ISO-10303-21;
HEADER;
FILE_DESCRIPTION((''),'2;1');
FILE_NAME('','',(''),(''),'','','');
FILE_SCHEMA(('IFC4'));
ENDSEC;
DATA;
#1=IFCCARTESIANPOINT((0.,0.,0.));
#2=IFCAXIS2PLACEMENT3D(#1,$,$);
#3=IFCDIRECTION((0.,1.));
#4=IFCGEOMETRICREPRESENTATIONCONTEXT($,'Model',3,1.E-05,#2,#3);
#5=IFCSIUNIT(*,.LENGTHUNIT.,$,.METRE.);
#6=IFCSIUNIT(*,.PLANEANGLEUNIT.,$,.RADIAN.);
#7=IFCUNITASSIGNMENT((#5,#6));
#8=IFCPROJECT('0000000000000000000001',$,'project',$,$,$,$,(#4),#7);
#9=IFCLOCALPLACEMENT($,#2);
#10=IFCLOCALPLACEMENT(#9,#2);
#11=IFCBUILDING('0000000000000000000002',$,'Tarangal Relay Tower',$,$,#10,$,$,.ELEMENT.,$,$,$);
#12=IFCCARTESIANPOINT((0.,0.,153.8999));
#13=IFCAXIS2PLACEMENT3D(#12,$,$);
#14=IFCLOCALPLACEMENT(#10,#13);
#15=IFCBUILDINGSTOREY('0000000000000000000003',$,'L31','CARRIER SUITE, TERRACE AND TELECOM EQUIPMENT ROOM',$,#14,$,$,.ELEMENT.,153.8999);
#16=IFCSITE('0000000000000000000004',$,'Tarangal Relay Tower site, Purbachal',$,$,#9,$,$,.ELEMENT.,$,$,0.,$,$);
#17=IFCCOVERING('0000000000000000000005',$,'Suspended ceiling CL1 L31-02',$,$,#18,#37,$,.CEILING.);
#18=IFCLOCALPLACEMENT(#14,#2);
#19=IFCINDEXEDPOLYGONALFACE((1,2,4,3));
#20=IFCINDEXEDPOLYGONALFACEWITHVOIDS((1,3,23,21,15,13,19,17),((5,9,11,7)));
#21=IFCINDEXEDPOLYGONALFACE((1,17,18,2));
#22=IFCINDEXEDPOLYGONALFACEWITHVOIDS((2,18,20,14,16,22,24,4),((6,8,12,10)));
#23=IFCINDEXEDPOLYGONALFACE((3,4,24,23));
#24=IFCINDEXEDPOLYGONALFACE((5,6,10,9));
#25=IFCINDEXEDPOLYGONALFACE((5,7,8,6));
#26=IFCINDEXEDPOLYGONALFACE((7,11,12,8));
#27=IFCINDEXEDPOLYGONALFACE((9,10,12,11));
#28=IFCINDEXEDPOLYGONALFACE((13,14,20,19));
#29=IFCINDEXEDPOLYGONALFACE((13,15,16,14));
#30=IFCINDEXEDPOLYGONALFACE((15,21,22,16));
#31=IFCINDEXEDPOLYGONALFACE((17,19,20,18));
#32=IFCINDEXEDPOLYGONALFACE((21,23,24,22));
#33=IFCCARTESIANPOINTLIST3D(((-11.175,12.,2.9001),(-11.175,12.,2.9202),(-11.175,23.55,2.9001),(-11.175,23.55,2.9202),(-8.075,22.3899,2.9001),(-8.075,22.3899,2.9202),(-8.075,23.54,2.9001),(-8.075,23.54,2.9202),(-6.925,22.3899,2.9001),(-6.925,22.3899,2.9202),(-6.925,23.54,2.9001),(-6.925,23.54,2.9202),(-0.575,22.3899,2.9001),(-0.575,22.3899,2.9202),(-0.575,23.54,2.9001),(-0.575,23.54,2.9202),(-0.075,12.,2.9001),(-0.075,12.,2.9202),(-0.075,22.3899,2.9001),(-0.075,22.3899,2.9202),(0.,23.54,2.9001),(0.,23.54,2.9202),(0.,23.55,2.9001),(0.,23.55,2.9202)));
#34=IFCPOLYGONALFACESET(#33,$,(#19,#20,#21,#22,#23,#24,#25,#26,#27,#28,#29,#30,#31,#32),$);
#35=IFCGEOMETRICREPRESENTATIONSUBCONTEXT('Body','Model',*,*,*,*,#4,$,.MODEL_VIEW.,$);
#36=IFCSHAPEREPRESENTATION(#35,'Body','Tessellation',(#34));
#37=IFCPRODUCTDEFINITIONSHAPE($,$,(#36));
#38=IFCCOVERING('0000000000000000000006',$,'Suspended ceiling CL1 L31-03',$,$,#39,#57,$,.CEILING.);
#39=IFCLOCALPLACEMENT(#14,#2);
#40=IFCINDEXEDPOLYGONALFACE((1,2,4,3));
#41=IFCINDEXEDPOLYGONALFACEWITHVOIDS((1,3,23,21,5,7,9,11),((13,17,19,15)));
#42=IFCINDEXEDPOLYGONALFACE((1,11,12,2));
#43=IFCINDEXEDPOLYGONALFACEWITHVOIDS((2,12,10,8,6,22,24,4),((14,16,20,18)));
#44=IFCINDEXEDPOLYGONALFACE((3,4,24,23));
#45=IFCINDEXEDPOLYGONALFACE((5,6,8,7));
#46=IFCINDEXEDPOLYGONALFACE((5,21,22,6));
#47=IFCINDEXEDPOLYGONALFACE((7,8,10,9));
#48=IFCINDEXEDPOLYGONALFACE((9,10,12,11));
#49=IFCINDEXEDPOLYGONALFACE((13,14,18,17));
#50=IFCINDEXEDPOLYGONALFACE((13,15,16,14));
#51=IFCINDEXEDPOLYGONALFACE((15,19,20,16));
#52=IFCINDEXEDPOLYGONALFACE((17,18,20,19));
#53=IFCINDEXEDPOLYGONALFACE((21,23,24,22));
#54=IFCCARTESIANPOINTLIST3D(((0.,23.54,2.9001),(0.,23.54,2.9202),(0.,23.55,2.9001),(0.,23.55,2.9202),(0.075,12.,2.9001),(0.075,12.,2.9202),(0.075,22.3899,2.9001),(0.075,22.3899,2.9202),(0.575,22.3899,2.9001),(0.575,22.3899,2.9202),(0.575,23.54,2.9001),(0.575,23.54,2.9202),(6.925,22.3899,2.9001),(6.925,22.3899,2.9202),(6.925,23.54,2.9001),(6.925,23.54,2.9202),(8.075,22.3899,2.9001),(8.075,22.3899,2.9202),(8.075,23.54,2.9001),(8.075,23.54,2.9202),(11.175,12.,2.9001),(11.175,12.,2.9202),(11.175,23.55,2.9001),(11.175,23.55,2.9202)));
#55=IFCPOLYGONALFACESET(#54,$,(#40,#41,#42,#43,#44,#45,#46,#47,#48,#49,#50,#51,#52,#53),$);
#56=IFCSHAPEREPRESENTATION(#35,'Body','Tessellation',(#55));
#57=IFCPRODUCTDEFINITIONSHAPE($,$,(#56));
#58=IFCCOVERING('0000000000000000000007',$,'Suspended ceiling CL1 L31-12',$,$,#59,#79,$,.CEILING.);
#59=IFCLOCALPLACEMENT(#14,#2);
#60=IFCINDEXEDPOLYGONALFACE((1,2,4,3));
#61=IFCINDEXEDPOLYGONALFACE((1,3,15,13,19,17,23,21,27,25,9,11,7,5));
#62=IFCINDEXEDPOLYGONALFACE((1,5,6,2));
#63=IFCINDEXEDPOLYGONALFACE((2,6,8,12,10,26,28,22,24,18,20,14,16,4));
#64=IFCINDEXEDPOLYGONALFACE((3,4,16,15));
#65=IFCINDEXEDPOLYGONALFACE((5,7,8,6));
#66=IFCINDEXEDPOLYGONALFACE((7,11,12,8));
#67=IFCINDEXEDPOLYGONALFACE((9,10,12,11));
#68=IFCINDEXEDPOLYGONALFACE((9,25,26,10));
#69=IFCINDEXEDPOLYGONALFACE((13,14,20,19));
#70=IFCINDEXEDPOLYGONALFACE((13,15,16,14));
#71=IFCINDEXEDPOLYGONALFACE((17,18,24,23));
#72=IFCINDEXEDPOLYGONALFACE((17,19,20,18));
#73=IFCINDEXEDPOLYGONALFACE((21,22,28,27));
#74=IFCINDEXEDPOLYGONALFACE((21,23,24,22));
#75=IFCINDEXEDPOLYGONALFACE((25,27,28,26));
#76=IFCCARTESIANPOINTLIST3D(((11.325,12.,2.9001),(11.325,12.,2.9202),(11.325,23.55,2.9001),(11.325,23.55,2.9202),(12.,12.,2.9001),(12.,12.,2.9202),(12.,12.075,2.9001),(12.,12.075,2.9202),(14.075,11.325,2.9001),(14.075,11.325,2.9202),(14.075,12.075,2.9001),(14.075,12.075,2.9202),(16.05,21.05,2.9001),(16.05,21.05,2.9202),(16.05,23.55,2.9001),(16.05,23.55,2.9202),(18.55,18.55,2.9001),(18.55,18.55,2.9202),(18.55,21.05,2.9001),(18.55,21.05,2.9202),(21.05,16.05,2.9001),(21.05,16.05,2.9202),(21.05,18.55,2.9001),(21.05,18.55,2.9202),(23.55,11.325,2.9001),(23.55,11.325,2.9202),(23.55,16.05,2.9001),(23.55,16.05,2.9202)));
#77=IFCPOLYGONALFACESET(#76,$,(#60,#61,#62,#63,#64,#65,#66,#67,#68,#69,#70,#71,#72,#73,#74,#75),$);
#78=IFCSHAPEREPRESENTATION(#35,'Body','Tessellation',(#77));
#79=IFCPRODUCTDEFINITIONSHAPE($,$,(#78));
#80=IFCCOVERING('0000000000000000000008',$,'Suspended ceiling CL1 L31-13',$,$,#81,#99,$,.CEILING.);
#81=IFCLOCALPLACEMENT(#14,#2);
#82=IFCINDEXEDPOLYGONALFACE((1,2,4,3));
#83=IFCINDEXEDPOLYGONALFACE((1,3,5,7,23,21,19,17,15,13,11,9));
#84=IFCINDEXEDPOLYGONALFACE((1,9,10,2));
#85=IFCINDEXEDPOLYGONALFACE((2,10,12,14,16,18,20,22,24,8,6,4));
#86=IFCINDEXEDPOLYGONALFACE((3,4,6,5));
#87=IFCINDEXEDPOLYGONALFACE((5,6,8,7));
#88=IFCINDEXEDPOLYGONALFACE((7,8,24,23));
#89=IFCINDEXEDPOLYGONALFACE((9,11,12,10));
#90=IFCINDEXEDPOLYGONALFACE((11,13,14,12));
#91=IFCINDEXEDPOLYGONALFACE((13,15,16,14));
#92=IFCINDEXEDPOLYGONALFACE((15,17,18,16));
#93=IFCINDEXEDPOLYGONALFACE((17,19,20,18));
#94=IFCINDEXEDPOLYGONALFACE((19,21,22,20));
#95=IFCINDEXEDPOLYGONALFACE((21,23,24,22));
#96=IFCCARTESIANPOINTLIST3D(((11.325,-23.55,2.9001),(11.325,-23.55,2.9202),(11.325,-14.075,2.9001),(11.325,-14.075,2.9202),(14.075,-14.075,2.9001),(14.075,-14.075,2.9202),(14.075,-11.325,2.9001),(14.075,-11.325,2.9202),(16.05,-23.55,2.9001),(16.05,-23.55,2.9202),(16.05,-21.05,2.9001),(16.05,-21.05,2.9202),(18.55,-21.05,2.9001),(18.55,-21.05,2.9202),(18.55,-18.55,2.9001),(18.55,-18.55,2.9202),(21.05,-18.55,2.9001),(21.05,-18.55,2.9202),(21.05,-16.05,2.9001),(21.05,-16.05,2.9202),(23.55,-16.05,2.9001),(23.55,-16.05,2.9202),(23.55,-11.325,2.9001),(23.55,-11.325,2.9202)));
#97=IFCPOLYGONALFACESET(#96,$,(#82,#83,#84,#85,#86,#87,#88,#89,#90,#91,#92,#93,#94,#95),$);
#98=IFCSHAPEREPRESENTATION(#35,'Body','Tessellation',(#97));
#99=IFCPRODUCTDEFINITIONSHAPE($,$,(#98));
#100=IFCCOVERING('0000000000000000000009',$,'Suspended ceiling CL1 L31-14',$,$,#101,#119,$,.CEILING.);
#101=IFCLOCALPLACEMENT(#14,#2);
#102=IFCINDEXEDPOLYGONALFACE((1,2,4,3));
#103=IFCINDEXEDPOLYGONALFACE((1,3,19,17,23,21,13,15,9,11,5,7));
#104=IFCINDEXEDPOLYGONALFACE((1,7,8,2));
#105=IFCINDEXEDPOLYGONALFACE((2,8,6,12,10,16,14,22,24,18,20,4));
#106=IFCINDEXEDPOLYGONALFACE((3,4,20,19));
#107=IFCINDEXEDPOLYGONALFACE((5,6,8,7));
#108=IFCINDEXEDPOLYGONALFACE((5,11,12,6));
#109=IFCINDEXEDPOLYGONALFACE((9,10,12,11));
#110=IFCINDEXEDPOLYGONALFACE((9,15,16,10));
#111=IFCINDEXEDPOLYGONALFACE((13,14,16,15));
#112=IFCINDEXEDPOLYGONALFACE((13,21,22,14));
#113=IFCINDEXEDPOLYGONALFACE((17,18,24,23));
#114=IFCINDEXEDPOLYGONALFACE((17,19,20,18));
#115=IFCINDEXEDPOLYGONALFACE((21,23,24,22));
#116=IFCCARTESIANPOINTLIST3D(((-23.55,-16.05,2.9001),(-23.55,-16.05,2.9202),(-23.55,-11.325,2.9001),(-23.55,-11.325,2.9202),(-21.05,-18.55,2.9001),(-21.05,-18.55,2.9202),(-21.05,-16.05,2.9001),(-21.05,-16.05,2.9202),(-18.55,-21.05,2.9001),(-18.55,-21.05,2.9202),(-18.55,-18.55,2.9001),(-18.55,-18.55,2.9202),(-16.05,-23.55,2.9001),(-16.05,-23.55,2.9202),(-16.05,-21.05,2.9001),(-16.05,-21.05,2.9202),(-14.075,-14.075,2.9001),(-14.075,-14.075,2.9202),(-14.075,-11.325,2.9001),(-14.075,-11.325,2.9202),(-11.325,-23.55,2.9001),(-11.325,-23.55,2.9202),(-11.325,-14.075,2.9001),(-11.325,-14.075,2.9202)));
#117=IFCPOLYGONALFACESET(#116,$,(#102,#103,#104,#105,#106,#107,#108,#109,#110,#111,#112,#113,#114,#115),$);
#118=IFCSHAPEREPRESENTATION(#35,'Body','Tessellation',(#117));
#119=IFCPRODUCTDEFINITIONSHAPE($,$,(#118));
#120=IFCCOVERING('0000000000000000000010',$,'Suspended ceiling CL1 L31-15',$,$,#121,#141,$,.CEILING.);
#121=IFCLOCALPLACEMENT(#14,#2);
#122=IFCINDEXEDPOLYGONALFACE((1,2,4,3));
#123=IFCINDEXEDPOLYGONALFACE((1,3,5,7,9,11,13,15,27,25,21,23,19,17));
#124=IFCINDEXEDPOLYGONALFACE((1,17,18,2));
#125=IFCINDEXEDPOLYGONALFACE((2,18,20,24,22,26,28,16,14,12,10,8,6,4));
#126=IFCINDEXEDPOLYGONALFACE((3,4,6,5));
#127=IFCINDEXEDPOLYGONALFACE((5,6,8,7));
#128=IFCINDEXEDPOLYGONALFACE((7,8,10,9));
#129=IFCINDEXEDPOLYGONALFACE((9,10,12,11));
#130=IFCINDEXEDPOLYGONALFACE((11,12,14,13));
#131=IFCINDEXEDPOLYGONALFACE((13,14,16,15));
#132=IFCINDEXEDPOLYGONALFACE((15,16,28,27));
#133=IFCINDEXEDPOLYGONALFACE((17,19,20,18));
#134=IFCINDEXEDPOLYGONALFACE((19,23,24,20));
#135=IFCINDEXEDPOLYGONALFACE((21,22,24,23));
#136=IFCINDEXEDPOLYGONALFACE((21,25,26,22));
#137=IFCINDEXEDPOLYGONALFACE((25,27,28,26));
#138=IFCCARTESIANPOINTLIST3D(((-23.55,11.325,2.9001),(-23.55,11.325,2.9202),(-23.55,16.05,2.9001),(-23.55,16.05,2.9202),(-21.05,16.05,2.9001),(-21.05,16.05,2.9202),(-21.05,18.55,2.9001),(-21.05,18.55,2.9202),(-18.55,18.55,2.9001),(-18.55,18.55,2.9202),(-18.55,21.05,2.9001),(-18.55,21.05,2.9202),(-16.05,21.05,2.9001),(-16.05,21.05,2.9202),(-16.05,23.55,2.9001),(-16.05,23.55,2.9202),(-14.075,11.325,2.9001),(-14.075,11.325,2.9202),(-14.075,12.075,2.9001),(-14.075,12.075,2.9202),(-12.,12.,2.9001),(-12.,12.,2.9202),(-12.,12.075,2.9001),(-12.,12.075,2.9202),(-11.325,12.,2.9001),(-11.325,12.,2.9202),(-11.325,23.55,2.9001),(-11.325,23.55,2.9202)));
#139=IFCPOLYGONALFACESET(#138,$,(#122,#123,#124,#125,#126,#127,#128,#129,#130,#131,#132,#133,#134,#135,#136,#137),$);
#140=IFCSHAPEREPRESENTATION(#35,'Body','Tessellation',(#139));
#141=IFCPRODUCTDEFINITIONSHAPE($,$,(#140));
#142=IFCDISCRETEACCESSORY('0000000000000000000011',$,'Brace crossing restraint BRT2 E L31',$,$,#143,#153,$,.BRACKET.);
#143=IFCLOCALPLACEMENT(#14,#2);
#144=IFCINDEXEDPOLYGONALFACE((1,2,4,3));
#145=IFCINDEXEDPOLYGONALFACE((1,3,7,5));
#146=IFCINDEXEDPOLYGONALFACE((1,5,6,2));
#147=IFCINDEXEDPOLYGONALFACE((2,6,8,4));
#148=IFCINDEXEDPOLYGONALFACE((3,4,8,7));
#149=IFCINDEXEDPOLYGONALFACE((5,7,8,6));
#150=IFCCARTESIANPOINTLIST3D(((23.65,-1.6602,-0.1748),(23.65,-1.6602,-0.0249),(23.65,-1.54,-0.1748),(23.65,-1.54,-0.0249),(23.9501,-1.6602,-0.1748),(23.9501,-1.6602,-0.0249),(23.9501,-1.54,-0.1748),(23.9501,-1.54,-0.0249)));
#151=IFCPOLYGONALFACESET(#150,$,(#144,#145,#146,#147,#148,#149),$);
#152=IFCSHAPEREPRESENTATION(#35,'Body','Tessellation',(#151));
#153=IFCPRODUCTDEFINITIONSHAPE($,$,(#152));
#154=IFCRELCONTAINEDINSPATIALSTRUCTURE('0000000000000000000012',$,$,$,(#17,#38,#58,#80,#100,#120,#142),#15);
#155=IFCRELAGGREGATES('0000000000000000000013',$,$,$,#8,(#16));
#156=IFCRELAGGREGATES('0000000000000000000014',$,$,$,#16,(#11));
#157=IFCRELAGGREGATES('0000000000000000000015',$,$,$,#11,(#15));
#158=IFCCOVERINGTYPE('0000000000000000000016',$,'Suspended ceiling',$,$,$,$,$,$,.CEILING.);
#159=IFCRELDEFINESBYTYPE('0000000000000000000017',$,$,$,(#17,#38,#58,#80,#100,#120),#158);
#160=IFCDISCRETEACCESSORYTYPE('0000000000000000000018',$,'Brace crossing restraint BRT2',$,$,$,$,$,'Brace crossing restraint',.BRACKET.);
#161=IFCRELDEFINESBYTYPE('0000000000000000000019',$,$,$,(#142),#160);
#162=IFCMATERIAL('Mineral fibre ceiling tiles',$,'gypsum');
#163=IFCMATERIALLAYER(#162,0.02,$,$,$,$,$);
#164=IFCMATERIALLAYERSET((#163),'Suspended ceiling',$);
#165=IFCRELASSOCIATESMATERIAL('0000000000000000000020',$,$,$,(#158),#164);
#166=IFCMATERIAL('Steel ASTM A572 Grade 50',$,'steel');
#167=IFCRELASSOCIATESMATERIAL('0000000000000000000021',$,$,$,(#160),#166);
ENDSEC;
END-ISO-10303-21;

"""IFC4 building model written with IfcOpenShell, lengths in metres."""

from ifc_helpers import new_model, si_unit, direction, frame, origin, origin_2d, place, context, subcontext, project, spatial, polyline, rectangle, outline, extrude, material, layer, layer_set, type_object, element, save


model = new_model("IFC4")

# Units and contexts
model_context = context("Model", 3, precision=1e-05, world=origin(), true_north=direction((0.0, 1.0)))
body_context = subcontext(model_context, "Body", "Model", "MODEL_VIEW")
ifc_project = project(units=[si_unit("LENGTHUNIT", "METRE"), si_unit("PLANEANGLEUNIT", "RADIAN")], contexts=[model_context])

# Site, building, storey
site_placement = place(None, origin())
site = spatial("IfcSite", under=ifc_project, at=site_placement, Name="Tarangal Relay Tower site, Purbachal", CompositionType="ELEMENT", RefElevation=0.0)
building_placement = place(site_placement, origin())
building = spatial("IfcBuilding", under=site, at=building_placement, Name="Tarangal Relay Tower", CompositionType="ELEMENT")
storey_placement = place(building_placement, frame((0.0, 0.0, 153.8999)))
storey = spatial("IfcBuildingStorey", under=building, at=storey_placement, Name="L31", Description="CARRIER SUITE, TERRACE AND TELECOM EQUIPMENT ROOM", CompositionType="ELEMENT", Elevation=153.8999)

# Shared definitions
ifc_material_1 = material(Name="Steel ASTM A572 Grade 50", Category="steel")

# Coverings
ifc_material_2 = material(Name="Mineral fibre ceiling tiles", Category="gypsum")
ifc_layer_1 = layer(ifc_material_2, 0.02)
ifc_layer_set_1 = layer_set([ifc_layer_1], Name="Suspended ceiling")
covering_type_1 = type_object("IfcCoveringType", Name="Suspended ceiling", PredefinedType="CEILING", material=ifc_layer_set_1)
covering_1_placement = place(storey_placement, frame((0.0, 0.0, 2.9001)))
element("IfcCovering", 1, at=covering_1_placement, inside=storey, type_object=covering_type_1, Name="Suspended ceiling CL1 L31-02", PredefinedType="CEILING", context=body_context, shape_type="SweptSolid", body=[
    extrude(outline(polyline([(-0.075, 22.3899), (-0.575, 22.3899), (-0.575, 23.54), (0.0, 23.54), (0.0, 23.55), (-11.175, 23.55), (-11.175, 12.0), (-0.075, 12.0), (-0.075, 22.3899)]), holes=[polyline([(-6.925, 22.3899), (-6.925, 23.54), (-8.075, 23.54), (-8.075, 22.3899), (-6.925, 22.3899)])]), origin(), (0.0, 0.0, 1.0), 0.02),
])
covering_2_placement = place(storey_placement, frame((0.0, 0.0, 2.9001)))
element("IfcCovering", 2, at=covering_2_placement, inside=storey, type_object=covering_type_1, Name="Suspended ceiling CL1 L31-03", PredefinedType="CEILING", context=body_context, shape_type="SweptSolid", body=[
    extrude(outline(polyline([(0.075, 12.0), (11.175, 12.0), (11.175, 23.55), (0.0, 23.55), (0.0, 23.54), (0.575, 23.54), (0.575, 22.3899), (0.075, 22.3899), (0.075, 12.0)]), holes=[polyline([(8.075, 22.3899), (8.075, 23.54), (6.925, 23.54), (6.925, 22.3899), (8.075, 22.3899)])]), origin(), (0.0, 0.0, 1.0), 0.02),
])
covering_3_placement = place(storey_placement, frame((0.0, 0.0, 2.9001)))
element("IfcCovering", 3, at=covering_3_placement, inside=storey, type_object=covering_type_1, Name="Suspended ceiling CL1 L31-12", PredefinedType="CEILING", context=body_context, shape_type="SweptSolid", body=[
    extrude(outline(polyline([(11.325, 23.55), (11.325, 12.0), (12.0, 12.0), (12.0, 12.075), (14.075, 12.075), (14.075, 11.325), (23.55, 11.325), (23.55, 16.05), (21.05, 16.05), (21.05, 18.55), (18.55, 18.55), (18.55, 21.05), (16.05, 21.05), (16.05, 23.55), (11.325, 23.55)])), origin(), (0.0, 0.0, 1.0), 0.02),
])
covering_4_placement = place(storey_placement, frame((0.0, 0.0, 2.9001)))
element("IfcCovering", 4, at=covering_4_placement, inside=storey, type_object=covering_type_1, Name="Suspended ceiling CL1 L31-13", PredefinedType="CEILING", context=body_context, shape_type="SweptSolid", body=[
    extrude(outline(polyline([(23.55, -16.05), (23.55, -11.325), (14.075, -11.325), (14.075, -14.075), (11.325, -14.075), (11.325, -23.55), (16.05, -23.55), (16.05, -21.05), (18.55, -21.05), (18.55, -18.55), (21.05, -18.55), (21.05, -16.05), (23.55, -16.05)])), origin(), (0.0, 0.0, 1.0), 0.02),
])
covering_5_placement = place(storey_placement, frame((0.0, 0.0, 2.9001)))
element("IfcCovering", 5, at=covering_5_placement, inside=storey, type_object=covering_type_1, Name="Suspended ceiling CL1 L31-14", PredefinedType="CEILING", context=body_context, shape_type="SweptSolid", body=[
    extrude(outline(polyline([(-16.05, -21.05), (-16.05, -23.55), (-11.325, -23.55), (-11.325, -14.075), (-14.075, -14.075), (-14.075, -11.325), (-23.55, -11.325), (-23.55, -16.05), (-21.05, -16.05), (-21.05, -18.55), (-18.55, -18.55), (-18.55, -21.05), (-16.05, -21.05)])), origin(), (0.0, 0.0, 1.0), 0.02),
])
covering_6_placement = place(storey_placement, frame((0.0, 0.0, 2.9001)))
element("IfcCovering", 6, at=covering_6_placement, inside=storey, type_object=covering_type_1, Name="Suspended ceiling CL1 L31-15", PredefinedType="CEILING", context=body_context, shape_type="SweptSolid", body=[
    extrude(outline(polyline([(-21.05, 16.05), (-23.55, 16.05), (-23.55, 11.325), (-14.075, 11.325), (-14.075, 12.075), (-12.0, 12.075), (-12.0, 12.0), (-11.325, 12.0), (-11.325, 23.55), (-16.05, 23.55), (-16.05, 21.05), (-18.55, 21.05), (-18.55, 18.55), (-21.05, 18.55), (-21.05, 16.05)])), origin(), (0.0, 0.0, 1.0), 0.02),
])

# Discrete accessory
discrete_accessory_type = type_object("IfcDiscreteAccessoryType", Name="Brace crossing restraint BRT2", ElementType="Brace crossing restraint", PredefinedType="BRACKET", material=ifc_material_1)
discrete_accessory_placement = place(storey_placement, frame((23.8, -1.6001, -0.1748), z_axis=(0.0, 0.0, 1.0), x_axis=(1.0, 0.0, 0.0)))
element("IfcDiscreteAccessory", 7, at=discrete_accessory_placement, inside=storey, type_object=discrete_accessory_type, Name="Brace crossing restraint BRT2 E L31", PredefinedType="BRACKET", context=body_context, shape_type="SweptSolid", body=[
    extrude(rectangle(XDim=0.3, YDim=0.1201, at=origin_2d()), origin(), (0.0, 0.0, 1.0), 0.1499),
])

save(model, "model.ifc")
